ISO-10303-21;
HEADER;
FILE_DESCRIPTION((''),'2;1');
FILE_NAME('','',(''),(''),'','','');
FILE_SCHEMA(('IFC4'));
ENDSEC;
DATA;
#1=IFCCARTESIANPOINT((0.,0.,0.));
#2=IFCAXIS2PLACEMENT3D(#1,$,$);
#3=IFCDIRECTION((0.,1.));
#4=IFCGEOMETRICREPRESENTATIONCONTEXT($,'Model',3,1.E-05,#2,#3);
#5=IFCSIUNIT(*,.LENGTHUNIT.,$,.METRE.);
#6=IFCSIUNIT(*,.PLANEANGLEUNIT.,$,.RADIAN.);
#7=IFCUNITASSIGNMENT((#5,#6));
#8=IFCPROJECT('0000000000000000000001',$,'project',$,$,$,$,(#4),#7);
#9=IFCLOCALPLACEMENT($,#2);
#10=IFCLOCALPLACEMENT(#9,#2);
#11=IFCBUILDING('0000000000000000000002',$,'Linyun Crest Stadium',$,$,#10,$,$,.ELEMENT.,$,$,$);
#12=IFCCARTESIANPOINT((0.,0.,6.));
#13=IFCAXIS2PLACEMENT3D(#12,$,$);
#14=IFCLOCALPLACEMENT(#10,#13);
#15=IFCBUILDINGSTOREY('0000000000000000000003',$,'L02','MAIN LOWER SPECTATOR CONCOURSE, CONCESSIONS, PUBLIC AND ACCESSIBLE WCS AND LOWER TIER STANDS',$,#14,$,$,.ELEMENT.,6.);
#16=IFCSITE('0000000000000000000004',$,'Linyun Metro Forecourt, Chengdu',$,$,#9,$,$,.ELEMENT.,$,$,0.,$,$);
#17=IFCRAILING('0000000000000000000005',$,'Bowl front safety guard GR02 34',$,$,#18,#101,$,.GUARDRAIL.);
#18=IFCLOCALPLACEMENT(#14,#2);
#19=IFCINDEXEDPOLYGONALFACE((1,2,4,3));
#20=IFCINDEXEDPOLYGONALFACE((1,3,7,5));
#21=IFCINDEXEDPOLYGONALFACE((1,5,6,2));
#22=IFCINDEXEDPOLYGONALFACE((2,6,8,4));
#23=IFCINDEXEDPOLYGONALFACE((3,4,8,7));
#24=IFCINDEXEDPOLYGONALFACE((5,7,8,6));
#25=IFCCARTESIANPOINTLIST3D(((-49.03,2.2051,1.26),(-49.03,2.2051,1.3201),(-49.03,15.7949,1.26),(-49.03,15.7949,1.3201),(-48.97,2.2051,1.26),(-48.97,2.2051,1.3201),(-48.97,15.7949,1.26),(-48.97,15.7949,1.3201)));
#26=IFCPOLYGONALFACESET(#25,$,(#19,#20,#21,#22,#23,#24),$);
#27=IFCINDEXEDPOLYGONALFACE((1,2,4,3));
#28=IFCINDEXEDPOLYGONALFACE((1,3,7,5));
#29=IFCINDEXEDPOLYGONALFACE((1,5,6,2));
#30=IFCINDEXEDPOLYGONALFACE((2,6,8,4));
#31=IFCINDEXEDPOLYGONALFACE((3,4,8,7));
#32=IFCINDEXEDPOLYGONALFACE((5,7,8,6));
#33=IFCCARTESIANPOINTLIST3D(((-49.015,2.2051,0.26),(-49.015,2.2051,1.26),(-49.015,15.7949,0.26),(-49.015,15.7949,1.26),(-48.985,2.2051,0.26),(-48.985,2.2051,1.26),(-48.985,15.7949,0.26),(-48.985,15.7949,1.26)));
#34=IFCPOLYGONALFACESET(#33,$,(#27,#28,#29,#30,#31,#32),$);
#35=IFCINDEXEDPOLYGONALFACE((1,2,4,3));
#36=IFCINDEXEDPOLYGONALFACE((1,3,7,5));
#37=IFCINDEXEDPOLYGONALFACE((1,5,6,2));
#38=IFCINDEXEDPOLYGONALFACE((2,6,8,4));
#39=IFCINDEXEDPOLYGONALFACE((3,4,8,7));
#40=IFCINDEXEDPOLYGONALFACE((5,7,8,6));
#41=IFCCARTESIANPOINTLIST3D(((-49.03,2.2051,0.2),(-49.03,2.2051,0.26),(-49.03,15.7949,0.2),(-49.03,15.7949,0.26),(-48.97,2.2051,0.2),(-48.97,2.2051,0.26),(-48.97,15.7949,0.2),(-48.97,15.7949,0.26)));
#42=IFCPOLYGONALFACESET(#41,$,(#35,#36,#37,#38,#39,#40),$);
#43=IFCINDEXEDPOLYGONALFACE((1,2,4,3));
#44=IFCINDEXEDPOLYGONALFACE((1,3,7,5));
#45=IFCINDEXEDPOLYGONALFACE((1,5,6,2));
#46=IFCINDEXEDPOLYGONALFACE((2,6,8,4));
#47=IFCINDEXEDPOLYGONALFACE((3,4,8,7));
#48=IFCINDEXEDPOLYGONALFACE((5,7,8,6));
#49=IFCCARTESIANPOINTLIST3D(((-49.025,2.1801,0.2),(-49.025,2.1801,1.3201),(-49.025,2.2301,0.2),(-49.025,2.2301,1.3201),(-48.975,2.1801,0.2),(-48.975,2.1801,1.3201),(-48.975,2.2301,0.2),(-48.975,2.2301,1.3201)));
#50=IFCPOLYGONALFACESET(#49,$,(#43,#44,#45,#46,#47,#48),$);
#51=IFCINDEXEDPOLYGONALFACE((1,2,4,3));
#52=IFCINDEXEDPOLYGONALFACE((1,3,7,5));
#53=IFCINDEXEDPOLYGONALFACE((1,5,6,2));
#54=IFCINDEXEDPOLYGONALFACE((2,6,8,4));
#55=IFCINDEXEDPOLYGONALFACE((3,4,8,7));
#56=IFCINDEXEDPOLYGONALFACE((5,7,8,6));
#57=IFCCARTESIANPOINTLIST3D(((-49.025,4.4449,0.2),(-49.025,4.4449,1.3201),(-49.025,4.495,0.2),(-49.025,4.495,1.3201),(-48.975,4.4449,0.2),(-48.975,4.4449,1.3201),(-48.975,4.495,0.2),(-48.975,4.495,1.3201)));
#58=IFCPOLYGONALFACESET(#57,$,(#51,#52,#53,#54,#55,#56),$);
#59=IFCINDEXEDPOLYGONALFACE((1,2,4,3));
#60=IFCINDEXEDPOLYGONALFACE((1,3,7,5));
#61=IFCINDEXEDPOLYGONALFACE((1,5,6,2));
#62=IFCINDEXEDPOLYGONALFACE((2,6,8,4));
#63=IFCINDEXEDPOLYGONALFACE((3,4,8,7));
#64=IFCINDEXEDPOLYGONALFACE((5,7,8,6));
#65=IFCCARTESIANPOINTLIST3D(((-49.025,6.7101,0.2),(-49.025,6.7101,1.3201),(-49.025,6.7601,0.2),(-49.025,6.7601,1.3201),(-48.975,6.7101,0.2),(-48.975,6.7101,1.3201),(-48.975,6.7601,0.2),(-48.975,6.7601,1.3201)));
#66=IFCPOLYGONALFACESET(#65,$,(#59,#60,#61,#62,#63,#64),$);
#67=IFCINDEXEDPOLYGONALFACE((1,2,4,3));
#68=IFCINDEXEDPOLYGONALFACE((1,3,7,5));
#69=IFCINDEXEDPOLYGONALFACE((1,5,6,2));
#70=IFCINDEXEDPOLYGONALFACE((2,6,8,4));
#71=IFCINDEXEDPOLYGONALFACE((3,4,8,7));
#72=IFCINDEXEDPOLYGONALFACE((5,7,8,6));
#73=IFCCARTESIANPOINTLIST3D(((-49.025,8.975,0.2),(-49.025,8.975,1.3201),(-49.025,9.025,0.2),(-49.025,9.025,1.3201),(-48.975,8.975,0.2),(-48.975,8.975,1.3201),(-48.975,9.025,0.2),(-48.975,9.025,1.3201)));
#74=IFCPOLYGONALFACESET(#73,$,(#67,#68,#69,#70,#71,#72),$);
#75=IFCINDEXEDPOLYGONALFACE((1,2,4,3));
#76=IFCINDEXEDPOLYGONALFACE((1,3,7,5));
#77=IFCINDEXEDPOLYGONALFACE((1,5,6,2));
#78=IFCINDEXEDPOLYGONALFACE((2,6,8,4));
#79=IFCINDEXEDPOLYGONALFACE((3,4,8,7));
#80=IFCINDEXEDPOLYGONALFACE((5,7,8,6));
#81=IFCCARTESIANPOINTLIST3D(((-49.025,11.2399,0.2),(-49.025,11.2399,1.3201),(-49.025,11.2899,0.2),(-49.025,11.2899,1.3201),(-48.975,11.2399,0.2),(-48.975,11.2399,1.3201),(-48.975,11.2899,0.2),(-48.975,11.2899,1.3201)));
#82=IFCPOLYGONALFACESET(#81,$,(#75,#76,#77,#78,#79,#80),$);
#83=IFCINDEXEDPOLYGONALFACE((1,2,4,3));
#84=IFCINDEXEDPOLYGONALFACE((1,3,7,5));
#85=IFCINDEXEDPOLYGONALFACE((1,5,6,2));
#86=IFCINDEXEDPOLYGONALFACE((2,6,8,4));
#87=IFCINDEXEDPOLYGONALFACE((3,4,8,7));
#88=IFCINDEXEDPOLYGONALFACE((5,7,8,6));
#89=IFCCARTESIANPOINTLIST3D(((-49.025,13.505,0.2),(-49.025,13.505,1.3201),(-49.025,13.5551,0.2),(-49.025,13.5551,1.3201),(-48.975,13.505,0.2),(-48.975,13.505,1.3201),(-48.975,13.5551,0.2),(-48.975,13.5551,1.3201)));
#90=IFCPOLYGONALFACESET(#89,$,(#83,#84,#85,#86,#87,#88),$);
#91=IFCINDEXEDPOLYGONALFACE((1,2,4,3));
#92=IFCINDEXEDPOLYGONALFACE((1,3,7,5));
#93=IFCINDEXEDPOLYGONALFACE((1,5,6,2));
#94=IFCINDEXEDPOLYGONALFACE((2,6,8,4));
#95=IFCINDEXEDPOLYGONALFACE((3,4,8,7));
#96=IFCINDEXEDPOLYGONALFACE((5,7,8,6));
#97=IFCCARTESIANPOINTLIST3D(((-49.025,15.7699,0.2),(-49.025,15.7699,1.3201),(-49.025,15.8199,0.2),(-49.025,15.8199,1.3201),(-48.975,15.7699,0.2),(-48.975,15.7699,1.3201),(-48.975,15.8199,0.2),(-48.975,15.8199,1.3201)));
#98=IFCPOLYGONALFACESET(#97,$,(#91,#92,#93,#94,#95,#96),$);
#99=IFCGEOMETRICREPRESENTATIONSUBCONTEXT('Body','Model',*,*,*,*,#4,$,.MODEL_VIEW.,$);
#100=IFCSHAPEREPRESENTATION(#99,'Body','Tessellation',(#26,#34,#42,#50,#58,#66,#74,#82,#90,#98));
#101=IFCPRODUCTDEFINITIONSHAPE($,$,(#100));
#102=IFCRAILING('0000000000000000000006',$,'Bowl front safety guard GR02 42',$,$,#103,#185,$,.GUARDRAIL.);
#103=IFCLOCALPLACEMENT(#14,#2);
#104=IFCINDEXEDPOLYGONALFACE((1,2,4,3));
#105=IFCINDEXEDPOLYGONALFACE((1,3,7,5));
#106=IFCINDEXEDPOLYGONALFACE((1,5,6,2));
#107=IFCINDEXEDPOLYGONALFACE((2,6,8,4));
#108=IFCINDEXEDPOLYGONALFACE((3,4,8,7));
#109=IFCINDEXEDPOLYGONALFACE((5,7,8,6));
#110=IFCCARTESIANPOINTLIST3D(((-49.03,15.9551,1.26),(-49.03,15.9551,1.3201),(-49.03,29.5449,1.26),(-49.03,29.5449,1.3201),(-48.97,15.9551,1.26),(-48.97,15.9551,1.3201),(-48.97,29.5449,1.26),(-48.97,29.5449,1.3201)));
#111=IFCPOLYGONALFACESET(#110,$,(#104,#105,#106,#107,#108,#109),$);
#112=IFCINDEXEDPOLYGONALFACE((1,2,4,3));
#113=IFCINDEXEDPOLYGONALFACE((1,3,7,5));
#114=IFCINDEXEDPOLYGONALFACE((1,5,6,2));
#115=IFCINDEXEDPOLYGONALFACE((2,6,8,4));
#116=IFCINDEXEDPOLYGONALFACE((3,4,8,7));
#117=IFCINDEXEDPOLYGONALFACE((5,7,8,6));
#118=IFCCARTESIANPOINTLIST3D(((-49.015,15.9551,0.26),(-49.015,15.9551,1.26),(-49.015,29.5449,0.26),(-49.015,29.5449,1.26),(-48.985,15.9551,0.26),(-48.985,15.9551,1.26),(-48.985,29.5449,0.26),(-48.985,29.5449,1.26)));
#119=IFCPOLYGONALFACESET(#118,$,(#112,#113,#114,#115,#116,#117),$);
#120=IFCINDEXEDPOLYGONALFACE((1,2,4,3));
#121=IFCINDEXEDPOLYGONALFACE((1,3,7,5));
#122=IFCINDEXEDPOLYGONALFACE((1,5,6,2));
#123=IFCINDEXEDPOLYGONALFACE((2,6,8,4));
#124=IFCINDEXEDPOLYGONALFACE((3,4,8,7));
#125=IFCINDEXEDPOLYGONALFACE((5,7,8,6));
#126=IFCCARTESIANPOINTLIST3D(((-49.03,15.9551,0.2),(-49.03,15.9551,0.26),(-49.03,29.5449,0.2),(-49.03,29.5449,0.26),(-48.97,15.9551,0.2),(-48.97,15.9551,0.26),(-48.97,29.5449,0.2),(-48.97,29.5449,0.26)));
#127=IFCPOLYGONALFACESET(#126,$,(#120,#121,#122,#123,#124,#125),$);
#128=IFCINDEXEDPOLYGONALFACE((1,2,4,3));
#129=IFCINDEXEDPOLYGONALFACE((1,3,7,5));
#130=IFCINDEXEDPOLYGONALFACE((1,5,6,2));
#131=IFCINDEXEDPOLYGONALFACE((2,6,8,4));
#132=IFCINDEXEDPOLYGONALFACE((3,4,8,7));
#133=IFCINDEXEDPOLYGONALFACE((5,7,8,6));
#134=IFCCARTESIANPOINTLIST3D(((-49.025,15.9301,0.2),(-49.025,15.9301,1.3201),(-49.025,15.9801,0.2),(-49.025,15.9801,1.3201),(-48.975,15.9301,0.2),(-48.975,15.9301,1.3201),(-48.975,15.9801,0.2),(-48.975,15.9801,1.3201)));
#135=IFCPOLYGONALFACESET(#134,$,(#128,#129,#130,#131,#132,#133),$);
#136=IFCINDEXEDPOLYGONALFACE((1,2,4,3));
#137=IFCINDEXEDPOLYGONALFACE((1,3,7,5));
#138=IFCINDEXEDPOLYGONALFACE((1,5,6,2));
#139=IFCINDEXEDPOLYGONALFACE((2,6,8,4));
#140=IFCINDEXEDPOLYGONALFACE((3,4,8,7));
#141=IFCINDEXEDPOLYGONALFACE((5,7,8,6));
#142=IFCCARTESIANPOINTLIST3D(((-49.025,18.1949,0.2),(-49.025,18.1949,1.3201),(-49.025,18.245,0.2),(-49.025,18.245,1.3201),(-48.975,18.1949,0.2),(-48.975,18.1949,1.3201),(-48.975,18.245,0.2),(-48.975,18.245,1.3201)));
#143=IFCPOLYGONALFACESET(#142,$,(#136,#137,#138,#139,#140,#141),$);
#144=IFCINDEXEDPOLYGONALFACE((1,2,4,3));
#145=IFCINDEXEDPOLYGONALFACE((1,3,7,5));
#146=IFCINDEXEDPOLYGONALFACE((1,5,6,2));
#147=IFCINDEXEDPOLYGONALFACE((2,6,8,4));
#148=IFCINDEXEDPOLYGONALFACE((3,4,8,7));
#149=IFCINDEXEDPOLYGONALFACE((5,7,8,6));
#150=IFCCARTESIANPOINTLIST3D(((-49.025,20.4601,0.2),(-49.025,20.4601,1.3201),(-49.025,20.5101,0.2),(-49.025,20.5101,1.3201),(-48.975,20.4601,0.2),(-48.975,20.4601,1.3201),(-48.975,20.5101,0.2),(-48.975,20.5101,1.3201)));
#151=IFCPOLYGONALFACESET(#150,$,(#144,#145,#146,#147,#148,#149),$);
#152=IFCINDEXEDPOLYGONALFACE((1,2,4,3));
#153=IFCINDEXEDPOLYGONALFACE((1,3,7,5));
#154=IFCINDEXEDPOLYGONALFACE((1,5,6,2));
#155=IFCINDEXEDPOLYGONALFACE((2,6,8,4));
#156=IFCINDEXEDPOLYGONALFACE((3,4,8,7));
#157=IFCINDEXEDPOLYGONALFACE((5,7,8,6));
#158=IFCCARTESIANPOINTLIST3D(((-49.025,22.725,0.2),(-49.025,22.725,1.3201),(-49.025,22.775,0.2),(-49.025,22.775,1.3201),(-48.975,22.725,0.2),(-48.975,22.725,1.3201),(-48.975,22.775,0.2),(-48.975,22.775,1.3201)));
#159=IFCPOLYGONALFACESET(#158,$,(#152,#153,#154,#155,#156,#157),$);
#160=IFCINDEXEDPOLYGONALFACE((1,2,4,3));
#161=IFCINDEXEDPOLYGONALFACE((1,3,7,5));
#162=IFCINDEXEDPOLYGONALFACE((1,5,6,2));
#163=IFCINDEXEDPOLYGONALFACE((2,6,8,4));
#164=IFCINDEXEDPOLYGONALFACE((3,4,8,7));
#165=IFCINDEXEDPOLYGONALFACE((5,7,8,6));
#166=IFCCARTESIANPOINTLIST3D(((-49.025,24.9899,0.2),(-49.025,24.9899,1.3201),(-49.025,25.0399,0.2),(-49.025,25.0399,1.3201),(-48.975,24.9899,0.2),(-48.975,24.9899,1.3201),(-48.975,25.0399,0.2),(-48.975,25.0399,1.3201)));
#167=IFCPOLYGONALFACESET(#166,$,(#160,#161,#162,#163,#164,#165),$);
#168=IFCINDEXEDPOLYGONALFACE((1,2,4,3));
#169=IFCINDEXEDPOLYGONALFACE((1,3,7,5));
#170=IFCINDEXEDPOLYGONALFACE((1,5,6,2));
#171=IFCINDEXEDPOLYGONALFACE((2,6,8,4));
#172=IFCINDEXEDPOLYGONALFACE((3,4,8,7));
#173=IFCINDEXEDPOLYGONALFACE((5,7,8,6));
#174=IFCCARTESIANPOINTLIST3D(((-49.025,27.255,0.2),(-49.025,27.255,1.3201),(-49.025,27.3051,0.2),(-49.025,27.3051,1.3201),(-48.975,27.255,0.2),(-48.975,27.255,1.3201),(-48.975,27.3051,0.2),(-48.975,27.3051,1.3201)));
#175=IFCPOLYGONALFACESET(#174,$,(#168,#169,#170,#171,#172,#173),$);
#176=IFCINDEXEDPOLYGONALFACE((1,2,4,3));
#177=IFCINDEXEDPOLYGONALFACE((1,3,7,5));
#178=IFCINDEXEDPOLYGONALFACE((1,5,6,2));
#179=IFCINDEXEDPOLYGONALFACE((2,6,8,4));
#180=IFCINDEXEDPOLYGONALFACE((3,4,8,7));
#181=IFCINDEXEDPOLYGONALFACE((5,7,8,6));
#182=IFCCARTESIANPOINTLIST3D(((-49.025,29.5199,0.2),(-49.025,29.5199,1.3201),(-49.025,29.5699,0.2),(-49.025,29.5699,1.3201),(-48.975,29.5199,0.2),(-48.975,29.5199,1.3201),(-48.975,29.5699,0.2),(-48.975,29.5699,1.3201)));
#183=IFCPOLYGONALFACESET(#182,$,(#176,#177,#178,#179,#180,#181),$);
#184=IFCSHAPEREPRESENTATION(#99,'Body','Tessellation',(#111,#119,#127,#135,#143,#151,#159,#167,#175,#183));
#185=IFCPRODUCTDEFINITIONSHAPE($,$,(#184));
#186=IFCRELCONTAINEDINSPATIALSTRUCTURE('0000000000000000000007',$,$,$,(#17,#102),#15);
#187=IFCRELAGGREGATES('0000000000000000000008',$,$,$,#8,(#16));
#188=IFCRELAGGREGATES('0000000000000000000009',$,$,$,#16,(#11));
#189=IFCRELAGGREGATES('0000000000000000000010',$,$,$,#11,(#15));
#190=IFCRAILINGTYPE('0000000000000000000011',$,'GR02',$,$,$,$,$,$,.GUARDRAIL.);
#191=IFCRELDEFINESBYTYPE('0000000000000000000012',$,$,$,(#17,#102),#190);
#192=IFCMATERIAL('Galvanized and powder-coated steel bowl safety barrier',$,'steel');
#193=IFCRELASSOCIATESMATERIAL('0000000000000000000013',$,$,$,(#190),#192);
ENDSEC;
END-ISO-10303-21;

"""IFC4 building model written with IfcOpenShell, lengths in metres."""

from ifc_helpers import new_model, si_unit, direction, frame, origin, origin_2d, place, context, subcontext, project, spatial, rectangle, extrude, material, type_object, element, save


model = new_model("IFC4")

# Units and contexts
model_context = context("Model", 3, precision=1e-05, world=origin(), true_north=direction((0.0, 1.0)))
body_context = subcontext(model_context, "Body", "Model", "MODEL_VIEW")
ifc_project = project(units=[si_unit("LENGTHUNIT", "METRE"), si_unit("PLANEANGLEUNIT", "RADIAN")], contexts=[model_context])

# Site, building, storey
site_placement = place(None, origin())
site = spatial("IfcSite", under=ifc_project, at=site_placement, Name="Linyun Metro Forecourt, Chengdu", CompositionType="ELEMENT", RefElevation=0.0)
building_placement = place(site_placement, origin())
building = spatial("IfcBuilding", under=site, at=building_placement, Name="Linyun Crest Stadium", CompositionType="ELEMENT")
storey_placement = place(building_placement, frame((0.0, 0.0, 6.0)))
storey = spatial("IfcBuildingStorey", under=building, at=storey_placement, Name="L02", Description="MAIN LOWER SPECTATOR CONCOURSE, CONCESSIONS, PUBLIC AND ACCESSIBLE WCS AND LOWER TIER STANDS", CompositionType="ELEMENT", Elevation=6.0)

# Railings
ifc_material_1 = material(Name="Galvanized and powder-coated steel bowl safety barrier", Category="steel")
railing_type = type_object("IfcRailingType", Name="GR02", PredefinedType="GUARDRAIL", material=ifc_material_1)
for number, where, name in (
    (1, (-49.0, 2.2051, 0.2), "Bowl front safety guard GR02 34"),
    (2, (-49.0, 15.9551, 0.2), "Bowl front safety guard GR02 42"),
):
    element("IfcRailing", number, at=place(storey_placement, frame(where)), inside=storey, type_object=railing_type, Name=name, PredefinedType="GUARDRAIL", context=body_context, shape_type="SweptSolid", body=[
        extrude(rectangle(XDim=0.0601, YDim=0.0601, at=origin_2d()), frame((0.0, 0.0, 1.0901), z_axis=(0.0, 1.0, 0.0), x_axis=(-1.0, 0.0, 0.0)), (0.0, 0.0, 1.0), 13.5898),
        extrude(rectangle(XDim=0.03, YDim=1.0, at=origin_2d()), frame((0.0, 0.0, 0.5601), z_axis=(0.0, 1.0, 0.0), x_axis=(-1.0, 0.0, 0.0)), (0.0, 0.0, 1.0), 13.5898),
        extrude(rectangle(XDim=0.0601, YDim=0.0601, at=origin_2d()), frame((0.0, 0.0, 0.03), z_axis=(0.0, 1.0, 0.0), x_axis=(-1.0, 0.0, 0.0)), (0.0, 0.0, 1.0), 13.5898),
        extrude(rectangle(XDim=0.05, YDim=0.05, at=origin_2d()), origin(), (0.0, 0.0, 1.0), 1.1201),
        extrude(rectangle(XDim=0.05, YDim=0.05, at=origin_2d()), frame((0.0, 2.2649, 0.0)), (0.0, 0.0, 1.0), 1.1201),
        extrude(rectangle(XDim=0.05, YDim=0.05, at=origin_2d()), frame((0.0, 4.53, 0.0)), (0.0, 0.0, 1.0), 1.1201),
        extrude(rectangle(XDim=0.05, YDim=0.05, at=origin_2d()), frame((0.0, 6.7949, 0.0)), (0.0, 0.0, 1.0), 1.1201),
        extrude(rectangle(XDim=0.05, YDim=0.05, at=origin_2d()), frame((0.0, 9.0598, 0.0)), (0.0, 0.0, 1.0), 1.1201),
        extrude(rectangle(XDim=0.05, YDim=0.05, at=origin_2d()), frame((0.0, 11.325, 0.0)), (0.0, 0.0, 1.0), 1.1201),
        extrude(rectangle(XDim=0.05, YDim=0.05, at=origin_2d()), frame((0.0, 13.5898, 0.0)), (0.0, 0.0, 1.0), 1.1201),
    ])

save(model, "model.ifc")
